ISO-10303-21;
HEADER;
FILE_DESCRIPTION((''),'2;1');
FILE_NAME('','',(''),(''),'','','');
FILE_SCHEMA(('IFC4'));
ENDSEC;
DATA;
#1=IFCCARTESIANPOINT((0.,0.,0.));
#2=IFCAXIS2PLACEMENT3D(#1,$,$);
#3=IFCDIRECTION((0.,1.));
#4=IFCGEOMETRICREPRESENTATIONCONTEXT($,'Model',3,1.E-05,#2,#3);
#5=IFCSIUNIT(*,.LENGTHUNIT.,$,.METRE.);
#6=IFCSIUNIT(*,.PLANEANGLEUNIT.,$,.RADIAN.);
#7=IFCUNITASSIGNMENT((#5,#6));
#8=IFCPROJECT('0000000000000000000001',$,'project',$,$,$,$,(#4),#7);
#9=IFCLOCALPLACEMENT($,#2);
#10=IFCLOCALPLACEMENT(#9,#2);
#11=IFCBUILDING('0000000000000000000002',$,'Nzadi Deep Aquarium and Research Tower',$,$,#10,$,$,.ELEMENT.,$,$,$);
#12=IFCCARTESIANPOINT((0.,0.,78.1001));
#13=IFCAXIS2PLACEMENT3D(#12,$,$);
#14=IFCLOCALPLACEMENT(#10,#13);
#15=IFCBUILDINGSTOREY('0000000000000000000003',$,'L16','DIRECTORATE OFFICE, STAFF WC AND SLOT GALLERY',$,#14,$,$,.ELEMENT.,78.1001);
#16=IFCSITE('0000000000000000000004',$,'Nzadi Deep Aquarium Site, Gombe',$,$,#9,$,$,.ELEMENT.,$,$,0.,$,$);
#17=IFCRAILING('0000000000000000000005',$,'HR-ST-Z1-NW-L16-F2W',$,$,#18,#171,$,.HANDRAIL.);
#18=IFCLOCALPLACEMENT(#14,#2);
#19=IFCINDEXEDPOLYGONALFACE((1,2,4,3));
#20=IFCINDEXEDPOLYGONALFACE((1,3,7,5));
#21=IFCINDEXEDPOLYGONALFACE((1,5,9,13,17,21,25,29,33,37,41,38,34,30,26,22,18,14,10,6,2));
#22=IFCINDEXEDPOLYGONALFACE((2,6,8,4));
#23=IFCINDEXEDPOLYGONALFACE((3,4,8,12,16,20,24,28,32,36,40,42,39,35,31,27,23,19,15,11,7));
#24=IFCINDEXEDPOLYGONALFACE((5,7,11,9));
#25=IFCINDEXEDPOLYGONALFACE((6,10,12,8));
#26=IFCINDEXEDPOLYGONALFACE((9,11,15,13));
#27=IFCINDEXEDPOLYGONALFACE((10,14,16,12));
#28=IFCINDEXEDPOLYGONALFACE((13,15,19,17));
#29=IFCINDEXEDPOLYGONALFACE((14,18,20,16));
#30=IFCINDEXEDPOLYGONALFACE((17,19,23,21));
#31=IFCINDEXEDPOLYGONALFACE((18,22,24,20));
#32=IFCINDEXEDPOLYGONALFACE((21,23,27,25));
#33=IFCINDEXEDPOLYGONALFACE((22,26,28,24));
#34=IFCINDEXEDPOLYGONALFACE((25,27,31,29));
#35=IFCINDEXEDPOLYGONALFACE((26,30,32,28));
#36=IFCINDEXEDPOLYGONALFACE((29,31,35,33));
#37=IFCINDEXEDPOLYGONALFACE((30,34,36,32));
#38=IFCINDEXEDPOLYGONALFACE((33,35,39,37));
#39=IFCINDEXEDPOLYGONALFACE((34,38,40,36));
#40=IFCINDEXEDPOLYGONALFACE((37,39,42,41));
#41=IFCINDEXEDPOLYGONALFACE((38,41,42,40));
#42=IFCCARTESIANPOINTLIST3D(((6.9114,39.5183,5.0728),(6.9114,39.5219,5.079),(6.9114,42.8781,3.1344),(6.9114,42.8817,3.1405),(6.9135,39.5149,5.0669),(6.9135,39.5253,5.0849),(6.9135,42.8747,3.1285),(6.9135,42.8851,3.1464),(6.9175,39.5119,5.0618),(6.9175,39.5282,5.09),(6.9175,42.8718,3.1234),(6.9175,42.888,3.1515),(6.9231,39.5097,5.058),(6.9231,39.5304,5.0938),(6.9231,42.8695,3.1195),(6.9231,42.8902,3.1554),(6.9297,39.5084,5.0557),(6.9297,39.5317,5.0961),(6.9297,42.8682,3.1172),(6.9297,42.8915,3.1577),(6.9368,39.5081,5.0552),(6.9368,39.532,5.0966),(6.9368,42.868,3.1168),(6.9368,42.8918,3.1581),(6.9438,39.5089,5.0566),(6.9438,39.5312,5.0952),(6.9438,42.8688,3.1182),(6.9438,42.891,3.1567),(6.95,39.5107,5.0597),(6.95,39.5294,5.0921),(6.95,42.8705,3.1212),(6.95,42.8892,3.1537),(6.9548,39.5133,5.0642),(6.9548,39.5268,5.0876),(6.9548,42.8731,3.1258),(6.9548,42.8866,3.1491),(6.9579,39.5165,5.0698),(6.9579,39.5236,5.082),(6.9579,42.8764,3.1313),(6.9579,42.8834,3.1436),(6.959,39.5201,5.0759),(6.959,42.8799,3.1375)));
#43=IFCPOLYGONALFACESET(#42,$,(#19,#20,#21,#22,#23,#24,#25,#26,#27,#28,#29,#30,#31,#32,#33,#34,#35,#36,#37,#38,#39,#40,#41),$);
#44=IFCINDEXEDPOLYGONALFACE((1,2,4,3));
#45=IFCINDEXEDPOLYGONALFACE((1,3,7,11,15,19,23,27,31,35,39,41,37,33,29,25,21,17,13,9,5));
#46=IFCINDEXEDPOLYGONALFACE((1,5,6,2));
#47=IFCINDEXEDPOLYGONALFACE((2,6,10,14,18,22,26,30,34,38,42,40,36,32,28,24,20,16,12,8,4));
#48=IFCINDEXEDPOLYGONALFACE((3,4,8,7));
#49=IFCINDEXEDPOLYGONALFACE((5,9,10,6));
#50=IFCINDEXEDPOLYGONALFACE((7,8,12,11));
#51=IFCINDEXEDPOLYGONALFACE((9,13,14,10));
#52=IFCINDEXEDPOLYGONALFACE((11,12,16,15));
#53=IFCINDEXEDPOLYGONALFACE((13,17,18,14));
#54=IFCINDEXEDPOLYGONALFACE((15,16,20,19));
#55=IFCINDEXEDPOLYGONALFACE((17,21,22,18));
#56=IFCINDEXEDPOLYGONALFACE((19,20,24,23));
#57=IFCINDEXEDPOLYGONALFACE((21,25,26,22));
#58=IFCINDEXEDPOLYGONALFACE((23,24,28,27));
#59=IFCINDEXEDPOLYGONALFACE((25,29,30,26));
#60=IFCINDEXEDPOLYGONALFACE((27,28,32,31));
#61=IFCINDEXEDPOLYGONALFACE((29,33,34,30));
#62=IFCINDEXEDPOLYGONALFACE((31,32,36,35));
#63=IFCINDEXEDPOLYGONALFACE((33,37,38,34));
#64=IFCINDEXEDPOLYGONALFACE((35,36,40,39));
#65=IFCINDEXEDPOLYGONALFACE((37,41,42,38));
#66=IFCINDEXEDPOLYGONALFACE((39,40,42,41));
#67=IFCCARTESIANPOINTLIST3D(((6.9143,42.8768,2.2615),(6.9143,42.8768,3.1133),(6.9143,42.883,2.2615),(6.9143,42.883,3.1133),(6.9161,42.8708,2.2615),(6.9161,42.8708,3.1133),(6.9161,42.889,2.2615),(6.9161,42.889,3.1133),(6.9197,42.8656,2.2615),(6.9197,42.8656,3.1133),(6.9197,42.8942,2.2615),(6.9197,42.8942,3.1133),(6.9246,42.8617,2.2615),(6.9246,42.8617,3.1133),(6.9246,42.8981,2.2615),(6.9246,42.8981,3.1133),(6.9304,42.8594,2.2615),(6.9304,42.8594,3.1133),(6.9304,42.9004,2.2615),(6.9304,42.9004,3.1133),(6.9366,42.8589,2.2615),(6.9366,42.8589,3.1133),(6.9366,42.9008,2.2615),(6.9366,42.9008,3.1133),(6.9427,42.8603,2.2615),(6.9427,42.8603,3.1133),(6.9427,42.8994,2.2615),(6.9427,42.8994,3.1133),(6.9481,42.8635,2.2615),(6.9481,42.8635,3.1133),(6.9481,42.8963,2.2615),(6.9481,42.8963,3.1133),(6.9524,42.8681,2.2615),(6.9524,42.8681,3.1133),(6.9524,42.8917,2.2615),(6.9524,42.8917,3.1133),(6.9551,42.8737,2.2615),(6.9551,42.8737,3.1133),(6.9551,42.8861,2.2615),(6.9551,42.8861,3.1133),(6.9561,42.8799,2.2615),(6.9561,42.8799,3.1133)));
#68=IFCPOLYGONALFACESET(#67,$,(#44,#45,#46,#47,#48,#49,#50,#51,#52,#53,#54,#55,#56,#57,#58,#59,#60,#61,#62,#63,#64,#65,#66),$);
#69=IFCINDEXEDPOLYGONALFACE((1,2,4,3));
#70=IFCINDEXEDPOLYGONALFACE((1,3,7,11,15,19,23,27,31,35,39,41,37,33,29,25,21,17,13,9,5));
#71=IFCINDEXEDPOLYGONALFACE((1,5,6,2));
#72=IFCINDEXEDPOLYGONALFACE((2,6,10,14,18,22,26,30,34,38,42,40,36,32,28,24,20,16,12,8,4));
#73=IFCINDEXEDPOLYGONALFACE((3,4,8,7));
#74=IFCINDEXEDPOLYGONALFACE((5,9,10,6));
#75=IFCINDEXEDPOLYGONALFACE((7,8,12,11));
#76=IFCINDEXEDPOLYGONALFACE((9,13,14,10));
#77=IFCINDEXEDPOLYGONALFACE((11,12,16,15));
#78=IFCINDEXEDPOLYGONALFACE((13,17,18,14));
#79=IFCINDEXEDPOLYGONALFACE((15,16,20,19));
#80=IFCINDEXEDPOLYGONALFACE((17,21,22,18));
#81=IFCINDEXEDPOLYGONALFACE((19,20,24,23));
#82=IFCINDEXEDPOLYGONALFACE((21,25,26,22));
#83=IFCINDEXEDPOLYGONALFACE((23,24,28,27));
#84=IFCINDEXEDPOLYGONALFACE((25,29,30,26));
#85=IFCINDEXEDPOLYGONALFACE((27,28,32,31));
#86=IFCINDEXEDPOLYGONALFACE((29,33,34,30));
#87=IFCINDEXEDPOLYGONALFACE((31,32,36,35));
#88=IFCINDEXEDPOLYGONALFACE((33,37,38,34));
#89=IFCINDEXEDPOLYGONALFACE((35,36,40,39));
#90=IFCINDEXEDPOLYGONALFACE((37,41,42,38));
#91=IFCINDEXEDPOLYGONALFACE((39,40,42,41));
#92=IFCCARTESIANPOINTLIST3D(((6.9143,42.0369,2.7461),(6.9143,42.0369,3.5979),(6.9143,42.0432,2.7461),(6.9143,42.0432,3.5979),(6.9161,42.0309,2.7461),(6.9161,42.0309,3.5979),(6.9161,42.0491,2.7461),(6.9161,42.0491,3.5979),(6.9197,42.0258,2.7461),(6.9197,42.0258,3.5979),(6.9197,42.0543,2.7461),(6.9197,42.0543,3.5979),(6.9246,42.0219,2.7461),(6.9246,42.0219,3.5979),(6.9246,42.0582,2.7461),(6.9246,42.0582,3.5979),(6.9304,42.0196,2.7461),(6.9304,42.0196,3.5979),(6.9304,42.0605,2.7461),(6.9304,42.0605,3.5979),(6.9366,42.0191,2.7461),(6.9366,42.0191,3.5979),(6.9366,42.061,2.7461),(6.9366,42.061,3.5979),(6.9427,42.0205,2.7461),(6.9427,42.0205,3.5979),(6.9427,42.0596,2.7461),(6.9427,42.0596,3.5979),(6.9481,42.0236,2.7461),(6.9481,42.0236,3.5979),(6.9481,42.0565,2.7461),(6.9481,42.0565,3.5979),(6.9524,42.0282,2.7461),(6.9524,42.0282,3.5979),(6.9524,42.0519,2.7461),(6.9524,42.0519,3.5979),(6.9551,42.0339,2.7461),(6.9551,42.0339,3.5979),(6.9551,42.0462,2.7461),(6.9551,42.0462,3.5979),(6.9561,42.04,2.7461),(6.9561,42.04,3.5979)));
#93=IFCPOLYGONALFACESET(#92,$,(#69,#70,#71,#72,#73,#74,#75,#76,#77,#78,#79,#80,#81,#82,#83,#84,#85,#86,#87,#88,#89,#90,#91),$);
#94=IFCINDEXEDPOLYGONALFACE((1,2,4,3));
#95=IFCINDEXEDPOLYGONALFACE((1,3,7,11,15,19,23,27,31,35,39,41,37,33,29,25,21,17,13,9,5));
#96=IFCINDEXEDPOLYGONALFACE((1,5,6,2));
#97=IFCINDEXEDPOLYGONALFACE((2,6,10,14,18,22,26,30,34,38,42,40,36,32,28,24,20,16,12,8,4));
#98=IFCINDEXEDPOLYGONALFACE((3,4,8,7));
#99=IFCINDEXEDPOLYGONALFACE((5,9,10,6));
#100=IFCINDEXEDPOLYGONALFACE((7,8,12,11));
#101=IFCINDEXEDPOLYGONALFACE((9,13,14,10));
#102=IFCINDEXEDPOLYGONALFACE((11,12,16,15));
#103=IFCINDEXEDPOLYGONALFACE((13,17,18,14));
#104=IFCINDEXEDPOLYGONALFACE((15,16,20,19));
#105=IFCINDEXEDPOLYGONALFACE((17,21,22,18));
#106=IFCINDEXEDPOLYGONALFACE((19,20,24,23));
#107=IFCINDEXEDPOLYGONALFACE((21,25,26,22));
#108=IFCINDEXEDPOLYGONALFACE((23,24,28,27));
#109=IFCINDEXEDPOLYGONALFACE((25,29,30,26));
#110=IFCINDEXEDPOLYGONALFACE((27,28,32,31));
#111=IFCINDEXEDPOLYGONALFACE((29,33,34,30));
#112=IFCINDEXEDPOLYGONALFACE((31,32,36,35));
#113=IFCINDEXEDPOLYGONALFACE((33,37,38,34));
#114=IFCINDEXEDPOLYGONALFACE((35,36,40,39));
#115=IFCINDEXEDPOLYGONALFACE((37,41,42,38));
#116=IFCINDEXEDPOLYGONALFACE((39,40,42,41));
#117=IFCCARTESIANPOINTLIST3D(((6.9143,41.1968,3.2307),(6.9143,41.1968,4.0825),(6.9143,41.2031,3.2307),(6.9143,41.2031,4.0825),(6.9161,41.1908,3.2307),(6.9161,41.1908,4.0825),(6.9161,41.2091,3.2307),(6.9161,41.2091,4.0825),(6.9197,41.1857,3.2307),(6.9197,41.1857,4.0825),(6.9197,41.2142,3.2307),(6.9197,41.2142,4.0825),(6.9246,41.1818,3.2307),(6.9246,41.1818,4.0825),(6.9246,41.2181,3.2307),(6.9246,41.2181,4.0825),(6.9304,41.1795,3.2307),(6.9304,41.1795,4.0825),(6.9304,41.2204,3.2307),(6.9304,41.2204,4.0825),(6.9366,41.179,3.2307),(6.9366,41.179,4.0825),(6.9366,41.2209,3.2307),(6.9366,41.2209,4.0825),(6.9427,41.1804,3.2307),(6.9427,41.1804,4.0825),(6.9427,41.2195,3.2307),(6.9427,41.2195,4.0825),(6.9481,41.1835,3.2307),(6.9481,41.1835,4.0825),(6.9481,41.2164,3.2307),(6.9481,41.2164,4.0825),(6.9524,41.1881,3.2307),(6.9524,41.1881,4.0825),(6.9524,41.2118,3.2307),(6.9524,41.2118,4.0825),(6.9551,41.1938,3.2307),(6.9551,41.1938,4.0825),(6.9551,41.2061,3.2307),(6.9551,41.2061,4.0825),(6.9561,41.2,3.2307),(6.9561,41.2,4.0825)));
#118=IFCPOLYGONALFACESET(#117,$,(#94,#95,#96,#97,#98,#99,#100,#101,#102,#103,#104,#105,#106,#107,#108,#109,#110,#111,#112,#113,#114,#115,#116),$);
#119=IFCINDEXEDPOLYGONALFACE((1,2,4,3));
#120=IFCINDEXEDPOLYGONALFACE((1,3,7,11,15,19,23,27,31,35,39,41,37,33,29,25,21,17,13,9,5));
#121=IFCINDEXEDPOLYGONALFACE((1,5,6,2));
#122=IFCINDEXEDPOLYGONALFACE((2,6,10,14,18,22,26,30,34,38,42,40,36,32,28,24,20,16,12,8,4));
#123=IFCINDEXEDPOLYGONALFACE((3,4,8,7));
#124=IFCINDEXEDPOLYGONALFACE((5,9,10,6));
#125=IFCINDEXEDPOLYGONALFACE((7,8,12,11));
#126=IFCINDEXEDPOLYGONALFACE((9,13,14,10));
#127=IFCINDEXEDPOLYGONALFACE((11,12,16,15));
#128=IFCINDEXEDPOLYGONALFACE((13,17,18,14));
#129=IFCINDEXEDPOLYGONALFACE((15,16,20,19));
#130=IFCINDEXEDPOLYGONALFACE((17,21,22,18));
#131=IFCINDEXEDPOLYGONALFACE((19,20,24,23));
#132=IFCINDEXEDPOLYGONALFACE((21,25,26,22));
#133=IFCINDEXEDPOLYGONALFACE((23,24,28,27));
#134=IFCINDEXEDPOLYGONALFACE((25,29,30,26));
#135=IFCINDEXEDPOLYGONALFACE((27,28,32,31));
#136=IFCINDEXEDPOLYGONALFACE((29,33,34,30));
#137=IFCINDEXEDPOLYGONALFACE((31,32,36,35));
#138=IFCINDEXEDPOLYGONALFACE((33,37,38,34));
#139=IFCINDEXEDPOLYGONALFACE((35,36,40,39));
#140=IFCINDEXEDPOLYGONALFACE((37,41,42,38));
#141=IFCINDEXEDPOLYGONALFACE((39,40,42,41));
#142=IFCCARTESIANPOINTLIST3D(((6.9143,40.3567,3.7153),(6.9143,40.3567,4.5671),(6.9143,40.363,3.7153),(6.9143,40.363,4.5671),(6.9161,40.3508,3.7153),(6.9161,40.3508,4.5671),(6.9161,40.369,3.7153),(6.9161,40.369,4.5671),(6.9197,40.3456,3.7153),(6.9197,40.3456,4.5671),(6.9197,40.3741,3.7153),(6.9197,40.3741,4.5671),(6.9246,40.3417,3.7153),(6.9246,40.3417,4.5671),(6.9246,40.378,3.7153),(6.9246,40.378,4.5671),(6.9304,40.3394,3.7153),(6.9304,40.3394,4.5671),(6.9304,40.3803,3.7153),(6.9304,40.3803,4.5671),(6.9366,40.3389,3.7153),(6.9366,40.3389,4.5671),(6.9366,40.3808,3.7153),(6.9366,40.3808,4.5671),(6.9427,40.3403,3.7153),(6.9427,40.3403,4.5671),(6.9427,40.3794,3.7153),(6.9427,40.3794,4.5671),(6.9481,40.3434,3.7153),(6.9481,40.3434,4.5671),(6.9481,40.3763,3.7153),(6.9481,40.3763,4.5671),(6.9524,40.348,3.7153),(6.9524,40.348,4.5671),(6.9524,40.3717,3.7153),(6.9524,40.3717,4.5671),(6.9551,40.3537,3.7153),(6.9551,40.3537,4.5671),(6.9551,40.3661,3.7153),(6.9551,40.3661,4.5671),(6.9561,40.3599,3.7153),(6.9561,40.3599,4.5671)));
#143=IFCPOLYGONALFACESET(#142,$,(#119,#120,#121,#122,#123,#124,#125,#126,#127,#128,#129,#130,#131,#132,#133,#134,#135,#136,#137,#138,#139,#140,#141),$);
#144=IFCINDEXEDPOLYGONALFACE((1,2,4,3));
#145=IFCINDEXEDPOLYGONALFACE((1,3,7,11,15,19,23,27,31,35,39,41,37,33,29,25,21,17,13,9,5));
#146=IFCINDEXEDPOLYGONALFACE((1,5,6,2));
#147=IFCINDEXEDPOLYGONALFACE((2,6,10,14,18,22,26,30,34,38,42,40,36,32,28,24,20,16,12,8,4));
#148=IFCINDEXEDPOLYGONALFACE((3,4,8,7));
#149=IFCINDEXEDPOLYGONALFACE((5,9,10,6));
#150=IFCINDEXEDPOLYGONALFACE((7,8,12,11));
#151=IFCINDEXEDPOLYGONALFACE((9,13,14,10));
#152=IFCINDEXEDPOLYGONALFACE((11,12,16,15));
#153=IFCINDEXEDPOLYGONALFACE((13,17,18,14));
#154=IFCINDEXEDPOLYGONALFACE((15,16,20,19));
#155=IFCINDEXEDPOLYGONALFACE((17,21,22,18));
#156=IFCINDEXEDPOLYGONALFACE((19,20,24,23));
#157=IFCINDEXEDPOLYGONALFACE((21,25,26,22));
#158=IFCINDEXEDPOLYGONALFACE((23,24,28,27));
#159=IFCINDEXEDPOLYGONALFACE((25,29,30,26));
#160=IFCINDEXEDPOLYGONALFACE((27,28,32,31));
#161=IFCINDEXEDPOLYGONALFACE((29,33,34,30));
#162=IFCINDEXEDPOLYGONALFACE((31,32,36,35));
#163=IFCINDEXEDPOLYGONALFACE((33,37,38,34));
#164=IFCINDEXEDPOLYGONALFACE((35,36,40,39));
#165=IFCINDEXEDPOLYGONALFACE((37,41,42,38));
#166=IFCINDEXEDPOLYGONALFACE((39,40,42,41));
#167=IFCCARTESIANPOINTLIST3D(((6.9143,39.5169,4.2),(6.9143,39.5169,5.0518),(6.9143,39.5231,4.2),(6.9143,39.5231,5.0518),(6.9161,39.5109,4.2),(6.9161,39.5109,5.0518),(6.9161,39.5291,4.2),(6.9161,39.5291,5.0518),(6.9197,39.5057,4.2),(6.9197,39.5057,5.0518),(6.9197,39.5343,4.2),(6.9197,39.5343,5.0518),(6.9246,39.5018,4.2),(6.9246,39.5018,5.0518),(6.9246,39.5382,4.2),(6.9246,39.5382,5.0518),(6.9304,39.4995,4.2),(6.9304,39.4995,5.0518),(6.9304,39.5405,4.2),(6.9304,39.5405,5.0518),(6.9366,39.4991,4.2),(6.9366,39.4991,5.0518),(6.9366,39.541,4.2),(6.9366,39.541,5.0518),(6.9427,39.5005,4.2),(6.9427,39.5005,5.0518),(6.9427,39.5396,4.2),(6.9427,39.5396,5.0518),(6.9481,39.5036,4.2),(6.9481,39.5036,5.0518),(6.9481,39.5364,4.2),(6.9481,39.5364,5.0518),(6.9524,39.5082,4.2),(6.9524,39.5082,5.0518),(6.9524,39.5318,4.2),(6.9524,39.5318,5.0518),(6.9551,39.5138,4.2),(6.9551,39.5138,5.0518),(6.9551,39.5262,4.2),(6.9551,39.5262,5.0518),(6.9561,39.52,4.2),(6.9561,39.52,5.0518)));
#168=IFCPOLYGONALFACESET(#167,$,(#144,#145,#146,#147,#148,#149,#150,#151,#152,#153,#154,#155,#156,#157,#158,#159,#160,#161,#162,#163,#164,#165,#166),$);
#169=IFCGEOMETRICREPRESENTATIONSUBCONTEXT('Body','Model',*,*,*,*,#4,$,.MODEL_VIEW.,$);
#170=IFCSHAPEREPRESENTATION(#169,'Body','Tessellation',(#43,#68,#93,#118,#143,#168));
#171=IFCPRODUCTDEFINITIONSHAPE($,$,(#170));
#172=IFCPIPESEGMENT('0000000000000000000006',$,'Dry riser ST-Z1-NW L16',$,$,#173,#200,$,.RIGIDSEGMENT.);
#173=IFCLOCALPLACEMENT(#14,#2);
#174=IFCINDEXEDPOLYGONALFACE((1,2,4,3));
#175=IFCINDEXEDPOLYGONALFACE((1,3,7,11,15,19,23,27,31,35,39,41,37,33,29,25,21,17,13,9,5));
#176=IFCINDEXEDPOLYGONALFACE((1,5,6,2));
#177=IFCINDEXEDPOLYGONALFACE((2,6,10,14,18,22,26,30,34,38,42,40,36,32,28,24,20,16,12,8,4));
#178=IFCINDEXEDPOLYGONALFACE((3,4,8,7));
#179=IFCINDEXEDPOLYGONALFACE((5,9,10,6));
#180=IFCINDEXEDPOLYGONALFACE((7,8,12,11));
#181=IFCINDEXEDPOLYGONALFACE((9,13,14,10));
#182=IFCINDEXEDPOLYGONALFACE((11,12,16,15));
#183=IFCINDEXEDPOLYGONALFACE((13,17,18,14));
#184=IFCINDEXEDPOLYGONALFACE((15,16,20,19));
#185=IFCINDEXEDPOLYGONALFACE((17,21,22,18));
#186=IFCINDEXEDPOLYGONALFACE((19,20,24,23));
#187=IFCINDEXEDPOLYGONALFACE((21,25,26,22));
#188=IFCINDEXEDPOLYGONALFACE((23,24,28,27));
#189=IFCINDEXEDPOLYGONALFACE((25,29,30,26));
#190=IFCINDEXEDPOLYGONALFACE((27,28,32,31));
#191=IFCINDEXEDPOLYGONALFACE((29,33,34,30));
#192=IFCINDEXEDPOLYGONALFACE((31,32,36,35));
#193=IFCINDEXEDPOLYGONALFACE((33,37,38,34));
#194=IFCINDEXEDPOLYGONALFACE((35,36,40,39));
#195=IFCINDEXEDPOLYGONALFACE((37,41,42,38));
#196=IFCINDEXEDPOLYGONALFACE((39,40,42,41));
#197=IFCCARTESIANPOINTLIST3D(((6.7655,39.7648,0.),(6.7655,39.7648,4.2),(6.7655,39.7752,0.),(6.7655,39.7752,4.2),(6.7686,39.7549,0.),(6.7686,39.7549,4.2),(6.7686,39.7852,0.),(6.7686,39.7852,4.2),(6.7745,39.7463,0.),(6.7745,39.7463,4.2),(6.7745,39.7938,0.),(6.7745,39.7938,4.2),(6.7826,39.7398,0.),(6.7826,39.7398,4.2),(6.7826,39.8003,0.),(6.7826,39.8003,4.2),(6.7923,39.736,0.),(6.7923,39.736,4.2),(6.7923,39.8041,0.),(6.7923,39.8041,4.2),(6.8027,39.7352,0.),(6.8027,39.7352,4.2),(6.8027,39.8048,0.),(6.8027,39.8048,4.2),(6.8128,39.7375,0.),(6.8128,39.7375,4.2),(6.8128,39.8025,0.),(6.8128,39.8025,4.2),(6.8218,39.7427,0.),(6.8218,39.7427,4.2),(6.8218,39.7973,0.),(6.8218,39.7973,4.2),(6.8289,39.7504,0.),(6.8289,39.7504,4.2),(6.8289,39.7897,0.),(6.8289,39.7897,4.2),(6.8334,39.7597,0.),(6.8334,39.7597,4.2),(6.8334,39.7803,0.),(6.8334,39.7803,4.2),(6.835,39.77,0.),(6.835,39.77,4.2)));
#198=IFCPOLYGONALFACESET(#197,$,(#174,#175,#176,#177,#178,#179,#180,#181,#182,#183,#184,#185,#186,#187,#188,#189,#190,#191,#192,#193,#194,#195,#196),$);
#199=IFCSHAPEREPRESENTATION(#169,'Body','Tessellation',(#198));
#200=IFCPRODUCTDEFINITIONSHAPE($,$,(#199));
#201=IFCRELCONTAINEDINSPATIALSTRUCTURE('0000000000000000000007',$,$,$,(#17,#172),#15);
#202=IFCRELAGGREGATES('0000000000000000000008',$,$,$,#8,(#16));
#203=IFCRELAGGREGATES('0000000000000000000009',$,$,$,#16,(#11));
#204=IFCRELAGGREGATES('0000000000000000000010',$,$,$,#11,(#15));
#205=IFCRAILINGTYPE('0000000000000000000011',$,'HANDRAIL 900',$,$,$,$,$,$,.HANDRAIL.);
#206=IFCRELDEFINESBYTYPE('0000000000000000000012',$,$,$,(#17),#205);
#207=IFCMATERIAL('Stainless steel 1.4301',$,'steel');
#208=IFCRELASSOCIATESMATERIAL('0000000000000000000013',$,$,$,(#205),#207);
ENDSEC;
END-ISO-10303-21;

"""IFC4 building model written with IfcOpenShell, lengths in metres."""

from ifc_helpers import new_model, si_unit, direction, frame, origin, origin_2d, place, context, subcontext, project, spatial, circle, extrude, material, type_object, element, save


model = new_model("IFC4")

# Units and contexts
model_context = context("Model", 3, precision=1e-05, world=origin(), true_north=direction((0.0, 1.0)))
body_context = subcontext(model_context, "Body", "Model", "MODEL_VIEW")
ifc_project = project(units=[si_unit("LENGTHUNIT", "METRE"), si_unit("PLANEANGLEUNIT", "RADIAN")], contexts=[model_context])

# Site, building, storey
site_placement = place(None, origin())
site = spatial("IfcSite", under=ifc_project, at=site_placement, Name="Nzadi Deep Aquarium Site, Gombe", CompositionType="ELEMENT", RefElevation=0.0)
building_placement = place(site_placement, origin())
building = spatial("IfcBuilding", under=site, at=building_placement, Name="Nzadi Deep Aquarium and Research Tower", CompositionType="ELEMENT")
storey_placement = place(building_placement, frame((0.0, 0.0, 78.1001)))
storey = spatial("IfcBuildingStorey", under=building, at=storey_placement, Name="L16", Description="DIRECTORATE OFFICE, STAFF WC AND SLOT GALLERY", CompositionType="ELEMENT", Elevation=78.1001)

# Railing
ifc_material_1 = material(Name="Stainless steel 1.4301", Category="steel")
railing_type = type_object("IfcRailingType", Name="HANDRAIL 900", PredefinedType="HANDRAIL", material=ifc_material_1)
for number, where, name in (
    (1, (6.9351, 42.8799, 2.2615), "HR-ST-Z1-NW-L16-F2W"),
):
    element("IfcRailing", number, at=place(storey_placement, frame(where)), inside=storey, type_object=railing_type, Name=name, PredefinedType="HANDRAIL", context=body_context, shape_type="SweptSolid", body=[
        extrude(circle(Radius=0.0239, at=origin_2d()), frame((0.0, 0.0, 0.876), z_axis=(0.0, -0.866175, 0.499741), x_axis=(1.0, 0.0, 0.0)), (0.0, 0.0, 1.0), 3.8789),
        extrude(circle(Radius=0.021, at=origin_2d()), origin(), (0.0, 0.0, 1.0), 0.8518),
        extrude(circle(Radius=0.021, at=origin_2d()), frame((0.0, -0.8398, 0.4846)), (0.0, 0.0, 1.0), 0.8518),
        extrude(circle(Radius=0.021, at=origin_2d()), frame((0.0, -1.6799, 0.9692)), (0.0, 0.0, 1.0), 0.8518),
        extrude(circle(Radius=0.021, at=origin_2d()), frame((0.0, -2.52, 1.4539)), (0.0, 0.0, 1.0), 0.8518),
        extrude(circle(Radius=0.021, at=origin_2d()), frame((0.0, -3.3599, 1.9385)), (0.0, 0.0, 1.0), 0.8518),
    ])

# Pipe segment
pipe_segment_placement = place(storey_placement, frame((6.8, 39.77, 0.0), z_axis=(0.0, 0.0, 1.0), x_axis=(1.0, 0.0, 0.0)))
element("IfcPipeSegment", 2, at=pipe_segment_placement, inside=storey, Name="Dry riser ST-Z1-NW L16", PredefinedType="RIGIDSEGMENT", context=body_context, shape_type="SweptSolid", body=[
    extrude(circle(Radius=0.0349, at=origin_2d()), origin(), (0.0, 0.0, 1.0), 4.2),
])

save(model, "model.ifc")
